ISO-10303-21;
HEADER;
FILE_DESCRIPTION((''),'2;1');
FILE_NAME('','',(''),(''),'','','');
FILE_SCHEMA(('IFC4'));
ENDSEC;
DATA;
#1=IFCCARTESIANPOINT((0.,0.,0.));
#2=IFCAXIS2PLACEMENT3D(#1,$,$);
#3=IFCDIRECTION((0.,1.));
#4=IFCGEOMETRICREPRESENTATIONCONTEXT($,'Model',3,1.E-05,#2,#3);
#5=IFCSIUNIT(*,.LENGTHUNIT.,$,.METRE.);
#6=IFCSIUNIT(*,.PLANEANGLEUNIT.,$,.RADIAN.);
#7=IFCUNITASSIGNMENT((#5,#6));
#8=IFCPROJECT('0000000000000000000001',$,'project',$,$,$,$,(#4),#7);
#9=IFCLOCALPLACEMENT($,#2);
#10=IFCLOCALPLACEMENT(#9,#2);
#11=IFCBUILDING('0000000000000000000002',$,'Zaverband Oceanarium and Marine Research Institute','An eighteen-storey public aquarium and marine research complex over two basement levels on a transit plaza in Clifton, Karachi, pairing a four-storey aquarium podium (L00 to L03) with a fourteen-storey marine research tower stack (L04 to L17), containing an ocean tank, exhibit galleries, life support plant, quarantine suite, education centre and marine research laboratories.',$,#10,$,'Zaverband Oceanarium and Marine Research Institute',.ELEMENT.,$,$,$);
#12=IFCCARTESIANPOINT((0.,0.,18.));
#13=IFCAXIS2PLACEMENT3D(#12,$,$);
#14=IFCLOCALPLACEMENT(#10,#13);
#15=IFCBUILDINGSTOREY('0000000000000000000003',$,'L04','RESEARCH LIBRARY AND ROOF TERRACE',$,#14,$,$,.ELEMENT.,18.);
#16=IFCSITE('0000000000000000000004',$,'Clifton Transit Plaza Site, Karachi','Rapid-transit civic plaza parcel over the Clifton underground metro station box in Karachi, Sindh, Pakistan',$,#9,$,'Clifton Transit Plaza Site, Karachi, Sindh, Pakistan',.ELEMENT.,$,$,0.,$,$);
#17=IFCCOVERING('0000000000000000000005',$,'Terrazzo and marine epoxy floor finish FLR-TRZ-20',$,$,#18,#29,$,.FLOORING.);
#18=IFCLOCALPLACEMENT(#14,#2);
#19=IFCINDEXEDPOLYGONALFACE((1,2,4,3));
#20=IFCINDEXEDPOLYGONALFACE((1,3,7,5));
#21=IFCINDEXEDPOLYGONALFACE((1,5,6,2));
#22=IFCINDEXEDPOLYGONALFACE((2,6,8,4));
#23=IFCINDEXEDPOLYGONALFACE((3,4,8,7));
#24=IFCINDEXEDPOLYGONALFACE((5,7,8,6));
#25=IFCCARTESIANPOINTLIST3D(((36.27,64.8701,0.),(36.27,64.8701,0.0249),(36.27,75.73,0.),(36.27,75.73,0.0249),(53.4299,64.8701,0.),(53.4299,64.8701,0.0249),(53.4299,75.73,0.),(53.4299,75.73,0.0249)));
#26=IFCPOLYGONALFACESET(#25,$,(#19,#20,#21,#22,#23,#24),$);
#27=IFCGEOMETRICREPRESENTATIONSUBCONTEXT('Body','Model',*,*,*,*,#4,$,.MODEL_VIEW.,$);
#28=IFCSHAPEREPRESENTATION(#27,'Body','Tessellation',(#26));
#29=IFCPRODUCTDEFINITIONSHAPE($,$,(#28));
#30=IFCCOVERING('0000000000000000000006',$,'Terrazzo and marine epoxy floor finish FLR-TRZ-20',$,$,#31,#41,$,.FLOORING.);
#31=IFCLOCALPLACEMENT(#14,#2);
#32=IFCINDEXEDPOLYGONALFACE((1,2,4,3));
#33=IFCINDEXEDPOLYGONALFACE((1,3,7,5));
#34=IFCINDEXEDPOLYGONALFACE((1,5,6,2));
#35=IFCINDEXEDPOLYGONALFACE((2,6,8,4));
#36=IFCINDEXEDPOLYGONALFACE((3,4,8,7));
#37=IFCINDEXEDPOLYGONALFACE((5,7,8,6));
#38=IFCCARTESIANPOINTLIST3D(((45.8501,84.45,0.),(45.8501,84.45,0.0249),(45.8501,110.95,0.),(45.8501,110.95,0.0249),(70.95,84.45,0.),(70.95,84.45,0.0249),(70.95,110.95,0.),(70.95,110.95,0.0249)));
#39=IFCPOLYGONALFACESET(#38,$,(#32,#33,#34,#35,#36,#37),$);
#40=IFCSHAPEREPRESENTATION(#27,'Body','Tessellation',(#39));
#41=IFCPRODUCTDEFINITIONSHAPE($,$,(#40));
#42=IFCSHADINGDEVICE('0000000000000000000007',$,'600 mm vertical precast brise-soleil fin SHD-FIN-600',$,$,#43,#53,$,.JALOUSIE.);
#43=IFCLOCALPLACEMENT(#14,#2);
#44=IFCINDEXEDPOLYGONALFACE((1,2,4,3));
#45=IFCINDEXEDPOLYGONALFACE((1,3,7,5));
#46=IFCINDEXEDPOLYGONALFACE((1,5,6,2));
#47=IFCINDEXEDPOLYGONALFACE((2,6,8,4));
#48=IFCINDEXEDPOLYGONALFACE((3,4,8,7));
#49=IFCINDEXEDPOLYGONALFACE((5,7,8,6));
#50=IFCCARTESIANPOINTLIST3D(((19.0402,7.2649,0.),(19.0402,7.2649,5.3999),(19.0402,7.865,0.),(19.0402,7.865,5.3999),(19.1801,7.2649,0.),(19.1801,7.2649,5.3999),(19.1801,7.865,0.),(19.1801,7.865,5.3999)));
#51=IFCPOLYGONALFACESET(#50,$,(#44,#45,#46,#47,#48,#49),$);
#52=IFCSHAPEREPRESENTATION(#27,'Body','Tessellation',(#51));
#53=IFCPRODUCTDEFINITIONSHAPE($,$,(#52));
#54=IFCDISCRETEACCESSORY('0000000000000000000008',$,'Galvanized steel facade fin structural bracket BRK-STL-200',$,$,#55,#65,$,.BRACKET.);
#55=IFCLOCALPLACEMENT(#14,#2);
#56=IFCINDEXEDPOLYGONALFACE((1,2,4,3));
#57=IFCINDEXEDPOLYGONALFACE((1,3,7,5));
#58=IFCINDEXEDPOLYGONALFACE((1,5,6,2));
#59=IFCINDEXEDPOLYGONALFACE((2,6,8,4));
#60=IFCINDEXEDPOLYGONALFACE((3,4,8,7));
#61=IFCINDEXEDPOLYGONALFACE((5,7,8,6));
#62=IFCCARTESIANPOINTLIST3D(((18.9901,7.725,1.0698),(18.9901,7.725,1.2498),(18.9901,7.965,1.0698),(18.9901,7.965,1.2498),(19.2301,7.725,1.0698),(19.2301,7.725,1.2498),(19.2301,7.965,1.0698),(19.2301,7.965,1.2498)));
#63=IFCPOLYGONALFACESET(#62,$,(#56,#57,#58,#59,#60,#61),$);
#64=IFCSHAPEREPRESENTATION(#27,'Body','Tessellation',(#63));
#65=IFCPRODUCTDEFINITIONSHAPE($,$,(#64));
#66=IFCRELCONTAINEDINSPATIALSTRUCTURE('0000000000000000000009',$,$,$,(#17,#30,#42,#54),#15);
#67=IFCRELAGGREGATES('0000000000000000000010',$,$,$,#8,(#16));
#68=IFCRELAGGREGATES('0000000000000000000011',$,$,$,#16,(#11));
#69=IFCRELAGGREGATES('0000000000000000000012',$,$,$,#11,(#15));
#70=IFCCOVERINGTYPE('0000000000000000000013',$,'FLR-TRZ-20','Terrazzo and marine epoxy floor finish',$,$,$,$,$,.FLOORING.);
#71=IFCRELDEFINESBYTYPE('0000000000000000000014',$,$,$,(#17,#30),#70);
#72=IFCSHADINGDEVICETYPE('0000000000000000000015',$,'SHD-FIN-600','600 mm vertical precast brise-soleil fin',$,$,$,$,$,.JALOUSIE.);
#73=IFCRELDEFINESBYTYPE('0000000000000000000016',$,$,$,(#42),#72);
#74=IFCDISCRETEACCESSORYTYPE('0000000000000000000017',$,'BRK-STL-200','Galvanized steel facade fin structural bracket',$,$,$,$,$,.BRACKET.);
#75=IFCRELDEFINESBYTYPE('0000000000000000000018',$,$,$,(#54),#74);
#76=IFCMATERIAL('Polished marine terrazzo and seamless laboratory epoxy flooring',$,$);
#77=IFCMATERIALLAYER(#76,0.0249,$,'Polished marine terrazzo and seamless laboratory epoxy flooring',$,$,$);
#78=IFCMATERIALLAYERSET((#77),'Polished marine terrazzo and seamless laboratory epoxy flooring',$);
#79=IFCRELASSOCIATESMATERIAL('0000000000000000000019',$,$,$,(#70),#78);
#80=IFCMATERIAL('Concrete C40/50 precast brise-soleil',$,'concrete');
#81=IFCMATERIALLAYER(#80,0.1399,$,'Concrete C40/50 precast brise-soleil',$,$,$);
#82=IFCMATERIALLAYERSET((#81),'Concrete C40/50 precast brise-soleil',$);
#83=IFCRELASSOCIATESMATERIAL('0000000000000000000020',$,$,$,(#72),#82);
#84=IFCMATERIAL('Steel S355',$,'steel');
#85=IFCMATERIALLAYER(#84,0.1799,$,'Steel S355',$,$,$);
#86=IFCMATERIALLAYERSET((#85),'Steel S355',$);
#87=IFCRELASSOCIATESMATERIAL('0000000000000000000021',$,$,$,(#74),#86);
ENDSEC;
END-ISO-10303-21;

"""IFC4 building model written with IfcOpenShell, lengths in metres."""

from ifc_helpers import new_model, si_unit, direction, frame, frame_2d, origin, origin_2d, place, context, subcontext, project, spatial, polyline, rectangle, outline, extrude, material, layer, layer_set, type_object, element, save


model = new_model("IFC4")

# Units and contexts
model_context = context("Model", 3, precision=1e-05, world=origin(), true_north=direction((0.0, 1.0)))
body_context = subcontext(model_context, "Body", "Model", "MODEL_VIEW")
ifc_project = project(units=[si_unit("LENGTHUNIT", "METRE"), si_unit("PLANEANGLEUNIT", "RADIAN")], contexts=[model_context])

# Site, building, storey
site_placement = place(None, origin())
site = spatial("IfcSite", under=ifc_project, at=site_placement, Name="Clifton Transit Plaza Site, Karachi", Description="Rapid-transit civic plaza parcel over the Clifton underground metro station box in Karachi, Sindh, Pakistan", LongName="Clifton Transit Plaza Site, Karachi, Sindh, Pakistan", CompositionType="ELEMENT", RefElevation=0.0)
building_placement = place(site_placement, origin())
building = spatial("IfcBuilding", under=site, at=building_placement, Name="Zaverband Oceanarium and Marine Research Institute", Description="An eighteen-storey public aquarium and marine research complex over two basement levels on a transit plaza in Clifton, Karachi, pairing a four-storey aquarium podium (L00 to L03) with a fourteen-storey marine research tower stack (L04 to L17), containing an ocean tank, exhibit galleries, life support plant, quarantine suite, education centre and marine research laboratories.", LongName="Zaverband Oceanarium and Marine Research Institute", CompositionType="ELEMENT")
storey_placement = place(building_placement, frame((0.0, 0.0, 18.0)))
storey = spatial("IfcBuildingStorey", under=building, at=storey_placement, Name="L04", Description="RESEARCH LIBRARY AND ROOF TERRACE", CompositionType="ELEMENT", Elevation=18.0)

# Shared definitions
ifc_material_1 = material(Name="Steel S355", Category="steel")

# Coverings
ifc_material_2 = material(Name="Polished marine terrazzo and seamless laboratory epoxy flooring")
ifc_layer_1 = layer(ifc_material_2, 0.0249, Name="Polished marine terrazzo and seamless laboratory epoxy flooring")
ifc_layer_set_1 = layer_set([ifc_layer_1], Name="Polished marine terrazzo and seamless laboratory epoxy flooring")
covering_type_1 = type_object("IfcCoveringType", Name="FLR-TRZ-20", Description="Terrazzo and marine epoxy floor finish", PredefinedType="FLOORING", material=ifc_layer_set_1)
covering_1_placement = place(storey_placement, origin())
element("IfcCovering", 1, at=covering_1_placement, inside=storey, type_object=covering_type_1, Name="Terrazzo and marine epoxy floor finish FLR-TRZ-20", PredefinedType="FLOORING", context=body_context, shape_type="SweptSolid", body=[
    extrude(outline(polyline([(36.27, 64.8701), (53.4299, 64.8701), (53.4299, 75.73), (36.27, 75.73), (36.27, 64.8701)])), origin(), (0.0, 0.0, 1.0), 0.0249),
])
covering_2_placement = place(storey_placement, origin())
element("IfcCovering", 2, at=covering_2_placement, inside=storey, type_object=covering_type_1, Name="Terrazzo and marine epoxy floor finish FLR-TRZ-20", PredefinedType="FLOORING", context=body_context, shape_type="SweptSolid", body=[
    extrude(outline(polyline([(45.8501, 84.45), (70.95, 84.45), (70.95, 110.95), (45.8501, 110.95), (45.8501, 84.45)])), origin(), (0.0, 0.0, 1.0), 0.0249),
])

# Shading device
ifc_material_3 = material(Name="Concrete C40/50 precast brise-soleil", Category="concrete")
ifc_layer_2 = layer(ifc_material_3, 0.1399, Name="Concrete C40/50 precast brise-soleil")
ifc_layer_set_2 = layer_set([ifc_layer_2], Name="Concrete C40/50 precast brise-soleil")
shading_device_type = type_object("IfcShadingDeviceType", Name="SHD-FIN-600", Description="600 mm vertical precast brise-soleil fin", PredefinedType="JALOUSIE", material=ifc_layer_set_2)
shading_device_placement = place(storey_placement, frame((19.1101, 7.865, 0.0), z_axis=(0.0, 0.0, 1.0), x_axis=(0.0, -1.0, 0.0)))
element("IfcShadingDevice", 3, at=shading_device_placement, inside=storey, type_object=shading_device_type, Name="600 mm vertical precast brise-soleil fin SHD-FIN-600", PredefinedType="JALOUSIE", context=body_context, shape_type="SweptSolid", body=[
    extrude(rectangle(XDim=0.6001, YDim=0.1399, at=frame_2d((0.3, 0.0))), origin(), (0.0, 0.0, 1.0), 5.3999),
])

# Discrete accessory
ifc_layer_3 = layer(ifc_material_1, 0.1799, Name="Steel S355")
ifc_layer_set_3 = layer_set([ifc_layer_3], Name="Steel S355")
discrete_accessory_type = type_object("IfcDiscreteAccessoryType", Name="BRK-STL-200", Description="Galvanized steel facade fin structural bracket", PredefinedType="BRACKET", material=ifc_layer_set_3)
discrete_accessory_placement = place(storey_placement, frame((19.1101, 7.845, 1.0698), z_axis=(0.0, 0.0, 1.0), x_axis=(1.0, 0.0, 0.0)))
element("IfcDiscreteAccessory", 4, at=discrete_accessory_placement, inside=storey, type_object=discrete_accessory_type, Name="Galvanized steel facade fin structural bracket BRK-STL-200", PredefinedType="BRACKET", context=body_context, shape_type="SweptSolid", body=[
    extrude(rectangle(XDim=0.24, YDim=0.24, at=origin_2d()), origin(), (0.0, 0.0, 1.0), 0.1799),
])

save(model, "model.ifc")
